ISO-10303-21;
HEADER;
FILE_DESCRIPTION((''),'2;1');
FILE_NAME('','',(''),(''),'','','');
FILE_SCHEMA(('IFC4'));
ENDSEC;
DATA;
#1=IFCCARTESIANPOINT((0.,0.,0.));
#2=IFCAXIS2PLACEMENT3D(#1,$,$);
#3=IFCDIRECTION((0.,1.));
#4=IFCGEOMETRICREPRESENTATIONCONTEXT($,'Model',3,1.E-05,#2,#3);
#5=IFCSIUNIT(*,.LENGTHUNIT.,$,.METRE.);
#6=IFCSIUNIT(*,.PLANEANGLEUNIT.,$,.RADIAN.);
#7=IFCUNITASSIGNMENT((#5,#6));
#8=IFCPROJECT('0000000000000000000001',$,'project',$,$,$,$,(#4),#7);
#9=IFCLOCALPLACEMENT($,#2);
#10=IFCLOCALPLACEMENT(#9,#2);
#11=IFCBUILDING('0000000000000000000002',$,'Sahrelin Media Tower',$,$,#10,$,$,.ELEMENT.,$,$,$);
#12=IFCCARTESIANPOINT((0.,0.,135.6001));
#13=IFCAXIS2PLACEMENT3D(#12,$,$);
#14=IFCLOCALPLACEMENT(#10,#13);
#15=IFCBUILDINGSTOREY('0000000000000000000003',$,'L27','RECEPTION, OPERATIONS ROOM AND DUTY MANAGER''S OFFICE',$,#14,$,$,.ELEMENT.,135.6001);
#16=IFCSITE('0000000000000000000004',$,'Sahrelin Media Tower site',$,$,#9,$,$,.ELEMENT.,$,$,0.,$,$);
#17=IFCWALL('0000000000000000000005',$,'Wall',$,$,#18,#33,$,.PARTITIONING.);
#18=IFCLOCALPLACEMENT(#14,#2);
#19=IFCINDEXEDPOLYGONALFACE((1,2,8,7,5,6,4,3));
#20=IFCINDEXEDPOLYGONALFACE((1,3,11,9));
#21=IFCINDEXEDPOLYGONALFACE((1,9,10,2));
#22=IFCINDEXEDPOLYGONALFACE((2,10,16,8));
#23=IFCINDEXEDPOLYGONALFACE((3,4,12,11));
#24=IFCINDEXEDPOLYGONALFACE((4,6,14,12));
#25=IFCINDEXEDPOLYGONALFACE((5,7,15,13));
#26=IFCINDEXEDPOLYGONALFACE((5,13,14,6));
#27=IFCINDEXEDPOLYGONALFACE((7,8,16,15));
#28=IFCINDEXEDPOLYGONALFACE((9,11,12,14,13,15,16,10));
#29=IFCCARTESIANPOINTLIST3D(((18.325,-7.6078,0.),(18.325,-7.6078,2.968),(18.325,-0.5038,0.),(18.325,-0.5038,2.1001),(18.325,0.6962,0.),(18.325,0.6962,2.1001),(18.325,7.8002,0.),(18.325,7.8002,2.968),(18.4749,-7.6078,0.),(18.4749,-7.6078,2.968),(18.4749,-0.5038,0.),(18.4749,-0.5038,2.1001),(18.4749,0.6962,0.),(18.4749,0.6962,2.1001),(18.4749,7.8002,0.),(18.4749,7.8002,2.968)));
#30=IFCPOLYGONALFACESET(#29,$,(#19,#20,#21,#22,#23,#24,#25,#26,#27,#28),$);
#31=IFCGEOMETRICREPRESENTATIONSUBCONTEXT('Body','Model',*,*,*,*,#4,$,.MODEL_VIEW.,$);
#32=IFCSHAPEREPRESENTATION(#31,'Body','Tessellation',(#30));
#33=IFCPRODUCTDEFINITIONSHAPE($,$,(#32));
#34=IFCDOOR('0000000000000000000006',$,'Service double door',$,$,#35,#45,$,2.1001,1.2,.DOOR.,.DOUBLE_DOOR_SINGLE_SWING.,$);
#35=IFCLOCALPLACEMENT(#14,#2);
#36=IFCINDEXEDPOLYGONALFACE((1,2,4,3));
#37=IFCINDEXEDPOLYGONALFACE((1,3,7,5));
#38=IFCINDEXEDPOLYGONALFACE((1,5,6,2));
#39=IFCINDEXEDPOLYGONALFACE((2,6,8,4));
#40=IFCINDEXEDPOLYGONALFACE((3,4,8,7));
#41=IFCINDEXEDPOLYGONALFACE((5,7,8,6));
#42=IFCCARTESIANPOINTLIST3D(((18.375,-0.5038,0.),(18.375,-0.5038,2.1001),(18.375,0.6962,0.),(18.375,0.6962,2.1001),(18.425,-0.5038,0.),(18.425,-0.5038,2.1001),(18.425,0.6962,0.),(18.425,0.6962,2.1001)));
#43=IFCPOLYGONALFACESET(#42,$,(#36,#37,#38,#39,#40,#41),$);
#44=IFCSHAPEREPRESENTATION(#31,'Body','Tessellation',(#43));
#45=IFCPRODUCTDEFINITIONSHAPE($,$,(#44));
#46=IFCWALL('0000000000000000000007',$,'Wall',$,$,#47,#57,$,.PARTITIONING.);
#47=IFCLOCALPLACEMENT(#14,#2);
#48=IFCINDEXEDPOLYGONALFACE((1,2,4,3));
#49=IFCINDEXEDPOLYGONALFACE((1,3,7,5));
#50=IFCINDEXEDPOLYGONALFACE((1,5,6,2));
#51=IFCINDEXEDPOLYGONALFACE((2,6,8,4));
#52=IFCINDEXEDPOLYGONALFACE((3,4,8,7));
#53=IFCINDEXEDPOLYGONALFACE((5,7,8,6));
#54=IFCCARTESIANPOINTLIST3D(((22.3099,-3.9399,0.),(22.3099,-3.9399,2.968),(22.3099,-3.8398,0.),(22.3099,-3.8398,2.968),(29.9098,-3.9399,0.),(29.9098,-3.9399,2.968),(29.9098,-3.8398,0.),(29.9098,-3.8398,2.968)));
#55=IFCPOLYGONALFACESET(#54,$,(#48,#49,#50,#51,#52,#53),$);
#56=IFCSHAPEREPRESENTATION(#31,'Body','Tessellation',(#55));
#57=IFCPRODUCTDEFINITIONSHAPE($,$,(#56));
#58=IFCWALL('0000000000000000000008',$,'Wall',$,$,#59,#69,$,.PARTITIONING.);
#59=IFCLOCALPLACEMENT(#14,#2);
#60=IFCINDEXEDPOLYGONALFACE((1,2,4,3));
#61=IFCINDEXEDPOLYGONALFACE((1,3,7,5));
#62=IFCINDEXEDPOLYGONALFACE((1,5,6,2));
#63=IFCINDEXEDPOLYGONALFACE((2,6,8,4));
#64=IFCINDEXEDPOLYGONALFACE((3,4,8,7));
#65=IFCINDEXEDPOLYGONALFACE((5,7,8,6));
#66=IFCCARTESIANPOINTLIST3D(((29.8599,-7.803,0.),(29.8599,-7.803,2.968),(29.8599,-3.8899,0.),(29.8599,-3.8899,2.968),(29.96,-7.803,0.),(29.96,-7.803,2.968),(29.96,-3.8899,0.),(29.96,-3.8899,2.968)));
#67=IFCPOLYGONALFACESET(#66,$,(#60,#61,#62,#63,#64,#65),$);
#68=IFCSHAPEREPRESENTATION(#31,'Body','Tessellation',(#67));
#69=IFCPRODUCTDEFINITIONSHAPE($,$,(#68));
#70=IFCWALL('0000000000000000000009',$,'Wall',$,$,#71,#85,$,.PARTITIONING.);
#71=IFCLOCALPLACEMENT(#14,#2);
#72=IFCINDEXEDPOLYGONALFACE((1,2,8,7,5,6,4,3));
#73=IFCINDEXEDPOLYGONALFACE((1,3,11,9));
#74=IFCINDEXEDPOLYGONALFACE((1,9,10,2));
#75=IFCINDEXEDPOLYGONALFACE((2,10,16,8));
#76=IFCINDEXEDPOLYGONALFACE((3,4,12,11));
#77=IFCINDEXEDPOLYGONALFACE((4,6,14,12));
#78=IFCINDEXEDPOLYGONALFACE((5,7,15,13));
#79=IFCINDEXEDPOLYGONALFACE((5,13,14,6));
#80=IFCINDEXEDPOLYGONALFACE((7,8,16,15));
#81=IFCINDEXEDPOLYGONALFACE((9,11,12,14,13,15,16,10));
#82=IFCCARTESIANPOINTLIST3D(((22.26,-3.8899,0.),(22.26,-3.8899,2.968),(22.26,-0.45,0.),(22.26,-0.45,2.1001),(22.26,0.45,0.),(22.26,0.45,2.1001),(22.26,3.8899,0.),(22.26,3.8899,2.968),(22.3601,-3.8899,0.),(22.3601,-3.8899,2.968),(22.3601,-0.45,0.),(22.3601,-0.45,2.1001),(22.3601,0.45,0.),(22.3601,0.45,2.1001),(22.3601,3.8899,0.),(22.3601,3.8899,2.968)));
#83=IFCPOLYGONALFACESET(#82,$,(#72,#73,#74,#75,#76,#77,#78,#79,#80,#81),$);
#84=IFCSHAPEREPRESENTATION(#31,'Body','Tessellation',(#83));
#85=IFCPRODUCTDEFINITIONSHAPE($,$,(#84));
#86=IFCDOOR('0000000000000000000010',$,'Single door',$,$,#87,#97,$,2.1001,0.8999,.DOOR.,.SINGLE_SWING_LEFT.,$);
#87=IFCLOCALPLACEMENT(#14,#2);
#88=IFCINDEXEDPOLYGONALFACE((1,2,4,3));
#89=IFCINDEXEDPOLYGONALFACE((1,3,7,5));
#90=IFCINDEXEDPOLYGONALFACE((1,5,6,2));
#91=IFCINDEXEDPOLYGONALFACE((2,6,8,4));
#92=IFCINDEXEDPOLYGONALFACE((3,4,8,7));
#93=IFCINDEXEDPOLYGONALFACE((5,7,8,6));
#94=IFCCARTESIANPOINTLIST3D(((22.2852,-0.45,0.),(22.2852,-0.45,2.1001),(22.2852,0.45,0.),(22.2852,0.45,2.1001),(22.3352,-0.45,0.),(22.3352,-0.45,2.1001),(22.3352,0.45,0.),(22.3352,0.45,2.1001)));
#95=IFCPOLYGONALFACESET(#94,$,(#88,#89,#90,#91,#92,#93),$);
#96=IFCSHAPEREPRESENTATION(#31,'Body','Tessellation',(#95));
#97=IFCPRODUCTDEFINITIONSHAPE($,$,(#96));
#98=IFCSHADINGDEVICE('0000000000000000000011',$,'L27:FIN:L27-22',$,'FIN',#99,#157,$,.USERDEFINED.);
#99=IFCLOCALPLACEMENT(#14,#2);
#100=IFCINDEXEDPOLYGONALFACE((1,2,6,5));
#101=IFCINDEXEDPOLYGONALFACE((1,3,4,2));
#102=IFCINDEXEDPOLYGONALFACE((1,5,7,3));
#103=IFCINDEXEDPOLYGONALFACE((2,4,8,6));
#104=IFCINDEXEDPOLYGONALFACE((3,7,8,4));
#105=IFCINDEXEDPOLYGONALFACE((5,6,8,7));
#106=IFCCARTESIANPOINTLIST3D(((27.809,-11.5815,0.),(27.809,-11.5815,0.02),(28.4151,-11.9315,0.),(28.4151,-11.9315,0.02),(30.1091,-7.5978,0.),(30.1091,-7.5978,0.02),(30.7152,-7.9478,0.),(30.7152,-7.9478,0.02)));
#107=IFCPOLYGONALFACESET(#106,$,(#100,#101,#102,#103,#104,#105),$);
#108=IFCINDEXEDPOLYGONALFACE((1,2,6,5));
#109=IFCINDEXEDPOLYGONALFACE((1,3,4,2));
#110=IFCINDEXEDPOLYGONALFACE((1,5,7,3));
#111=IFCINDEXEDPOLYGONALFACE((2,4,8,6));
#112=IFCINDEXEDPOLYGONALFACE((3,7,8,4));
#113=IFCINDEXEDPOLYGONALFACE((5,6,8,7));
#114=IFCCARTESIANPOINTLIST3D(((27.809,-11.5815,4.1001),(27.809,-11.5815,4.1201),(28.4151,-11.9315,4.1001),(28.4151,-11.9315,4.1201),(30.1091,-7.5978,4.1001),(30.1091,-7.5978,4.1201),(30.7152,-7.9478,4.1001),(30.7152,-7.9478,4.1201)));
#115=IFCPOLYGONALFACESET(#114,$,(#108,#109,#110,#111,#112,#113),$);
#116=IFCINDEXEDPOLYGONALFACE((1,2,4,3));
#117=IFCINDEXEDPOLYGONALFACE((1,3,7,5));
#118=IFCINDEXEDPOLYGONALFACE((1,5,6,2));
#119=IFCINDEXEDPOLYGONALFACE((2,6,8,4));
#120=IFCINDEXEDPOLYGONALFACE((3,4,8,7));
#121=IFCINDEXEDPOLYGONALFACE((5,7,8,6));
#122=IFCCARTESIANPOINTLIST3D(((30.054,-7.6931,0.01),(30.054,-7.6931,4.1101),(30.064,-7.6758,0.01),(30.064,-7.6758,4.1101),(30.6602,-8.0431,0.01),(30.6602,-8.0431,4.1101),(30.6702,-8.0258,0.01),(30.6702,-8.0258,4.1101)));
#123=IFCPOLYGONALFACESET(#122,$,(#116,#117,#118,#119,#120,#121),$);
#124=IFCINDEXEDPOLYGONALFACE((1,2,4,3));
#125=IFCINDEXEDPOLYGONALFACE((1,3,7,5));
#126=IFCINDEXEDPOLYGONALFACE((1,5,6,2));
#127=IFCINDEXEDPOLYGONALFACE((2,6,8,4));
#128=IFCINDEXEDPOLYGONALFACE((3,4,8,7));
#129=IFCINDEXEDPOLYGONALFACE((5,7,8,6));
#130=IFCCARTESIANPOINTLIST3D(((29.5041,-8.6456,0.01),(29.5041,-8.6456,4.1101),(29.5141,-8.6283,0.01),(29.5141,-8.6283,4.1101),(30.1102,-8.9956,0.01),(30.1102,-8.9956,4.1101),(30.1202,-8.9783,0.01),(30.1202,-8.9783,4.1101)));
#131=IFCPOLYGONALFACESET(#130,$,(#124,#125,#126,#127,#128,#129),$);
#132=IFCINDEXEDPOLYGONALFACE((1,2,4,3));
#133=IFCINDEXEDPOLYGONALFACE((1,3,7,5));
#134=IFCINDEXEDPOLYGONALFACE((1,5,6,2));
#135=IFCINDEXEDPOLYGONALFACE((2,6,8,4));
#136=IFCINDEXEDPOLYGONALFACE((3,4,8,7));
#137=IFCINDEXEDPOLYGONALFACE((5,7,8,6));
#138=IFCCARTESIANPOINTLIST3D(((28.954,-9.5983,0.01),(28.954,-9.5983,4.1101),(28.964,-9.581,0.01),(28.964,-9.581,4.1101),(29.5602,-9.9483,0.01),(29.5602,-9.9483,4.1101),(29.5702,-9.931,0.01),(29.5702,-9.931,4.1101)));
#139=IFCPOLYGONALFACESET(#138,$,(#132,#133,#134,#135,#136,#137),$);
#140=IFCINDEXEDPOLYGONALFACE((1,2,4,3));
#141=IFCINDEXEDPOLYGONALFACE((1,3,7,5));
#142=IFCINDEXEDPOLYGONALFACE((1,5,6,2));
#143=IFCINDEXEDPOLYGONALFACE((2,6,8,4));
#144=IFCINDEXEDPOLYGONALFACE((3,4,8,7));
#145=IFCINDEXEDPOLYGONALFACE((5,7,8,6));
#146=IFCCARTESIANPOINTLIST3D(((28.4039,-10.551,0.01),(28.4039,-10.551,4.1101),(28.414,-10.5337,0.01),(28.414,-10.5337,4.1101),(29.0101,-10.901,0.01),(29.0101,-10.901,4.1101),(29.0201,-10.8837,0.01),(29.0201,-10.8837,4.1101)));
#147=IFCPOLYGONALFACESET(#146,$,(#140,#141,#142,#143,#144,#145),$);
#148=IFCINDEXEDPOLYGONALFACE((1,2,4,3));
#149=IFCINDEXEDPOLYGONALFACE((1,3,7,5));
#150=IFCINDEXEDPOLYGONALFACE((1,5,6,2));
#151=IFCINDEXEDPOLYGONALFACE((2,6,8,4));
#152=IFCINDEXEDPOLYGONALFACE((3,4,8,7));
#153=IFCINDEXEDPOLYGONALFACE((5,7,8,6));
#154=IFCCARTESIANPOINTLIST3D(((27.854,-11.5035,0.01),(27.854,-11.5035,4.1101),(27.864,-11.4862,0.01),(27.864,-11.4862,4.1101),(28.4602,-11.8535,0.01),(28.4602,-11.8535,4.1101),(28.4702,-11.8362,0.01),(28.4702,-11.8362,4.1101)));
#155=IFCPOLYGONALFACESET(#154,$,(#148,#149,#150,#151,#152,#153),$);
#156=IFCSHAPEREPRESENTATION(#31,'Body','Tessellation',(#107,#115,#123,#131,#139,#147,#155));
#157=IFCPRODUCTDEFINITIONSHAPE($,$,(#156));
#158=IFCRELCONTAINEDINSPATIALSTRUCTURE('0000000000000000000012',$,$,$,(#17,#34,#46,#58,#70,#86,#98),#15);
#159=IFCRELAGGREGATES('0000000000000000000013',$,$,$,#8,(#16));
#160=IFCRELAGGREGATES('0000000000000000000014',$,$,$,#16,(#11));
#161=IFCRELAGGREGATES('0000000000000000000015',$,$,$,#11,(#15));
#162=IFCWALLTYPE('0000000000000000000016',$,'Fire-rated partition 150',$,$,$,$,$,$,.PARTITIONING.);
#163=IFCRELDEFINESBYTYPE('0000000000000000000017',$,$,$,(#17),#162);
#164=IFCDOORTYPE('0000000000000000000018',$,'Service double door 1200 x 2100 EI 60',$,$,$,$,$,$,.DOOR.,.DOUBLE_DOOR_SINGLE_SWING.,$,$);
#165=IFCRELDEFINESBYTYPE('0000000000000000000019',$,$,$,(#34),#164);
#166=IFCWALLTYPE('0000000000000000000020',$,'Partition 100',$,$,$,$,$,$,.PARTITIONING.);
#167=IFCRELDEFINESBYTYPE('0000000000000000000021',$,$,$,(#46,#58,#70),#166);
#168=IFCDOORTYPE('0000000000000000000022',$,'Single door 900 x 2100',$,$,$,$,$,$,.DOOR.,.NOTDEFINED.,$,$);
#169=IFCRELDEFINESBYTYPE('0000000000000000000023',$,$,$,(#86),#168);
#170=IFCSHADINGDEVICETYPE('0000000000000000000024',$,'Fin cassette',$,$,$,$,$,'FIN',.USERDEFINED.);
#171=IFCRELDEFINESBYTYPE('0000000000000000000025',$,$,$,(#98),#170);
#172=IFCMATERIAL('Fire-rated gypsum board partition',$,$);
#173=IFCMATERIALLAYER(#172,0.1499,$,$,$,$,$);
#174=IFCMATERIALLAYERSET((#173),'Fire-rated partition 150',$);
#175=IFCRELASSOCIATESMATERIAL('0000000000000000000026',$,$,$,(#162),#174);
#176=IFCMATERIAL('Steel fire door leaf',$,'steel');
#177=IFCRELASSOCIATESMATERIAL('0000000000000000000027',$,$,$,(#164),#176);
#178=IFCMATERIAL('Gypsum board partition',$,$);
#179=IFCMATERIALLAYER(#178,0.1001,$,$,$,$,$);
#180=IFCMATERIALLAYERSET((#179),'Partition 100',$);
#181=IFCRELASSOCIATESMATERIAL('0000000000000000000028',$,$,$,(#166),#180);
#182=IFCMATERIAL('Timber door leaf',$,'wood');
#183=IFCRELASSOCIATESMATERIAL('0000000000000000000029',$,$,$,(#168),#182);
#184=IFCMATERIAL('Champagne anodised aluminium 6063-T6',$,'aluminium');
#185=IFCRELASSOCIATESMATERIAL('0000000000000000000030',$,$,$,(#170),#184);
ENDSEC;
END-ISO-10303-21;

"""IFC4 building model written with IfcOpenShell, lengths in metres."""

from ifc_helpers import new_model, si_unit, direction, frame, frame_2d, origin, origin_2d, place, context, subcontext, project, spatial, rectangle, extrude, material, layer, layer_set, type_object, element, fill, save


model = new_model("IFC4")

# Units and contexts
model_context = context("Model", 3, precision=1e-05, world=origin(), true_north=direction((0.0, 1.0)))
body_context = subcontext(model_context, "Body", "Model", "MODEL_VIEW")
ifc_project = project(units=[si_unit("LENGTHUNIT", "METRE"), si_unit("PLANEANGLEUNIT", "RADIAN")], contexts=[model_context])

# Site, building, storey
site_placement = place(None, origin())
site = spatial("IfcSite", under=ifc_project, at=site_placement, Name="Sahrelin Media Tower site", CompositionType="ELEMENT", RefElevation=0.0)
building_placement = place(site_placement, origin())
building = spatial("IfcBuilding", under=site, at=building_placement, Name="Sahrelin Media Tower", CompositionType="ELEMENT")
storey_placement = place(building_placement, frame((0.0, 0.0, 135.6001)))
storey = spatial("IfcBuildingStorey", under=building, at=storey_placement, Name="L27", Description="RECEPTION, OPERATIONS ROOM AND DUTY MANAGER'S OFFICE", CompositionType="ELEMENT", Elevation=135.6001)

# Shared definitions
ifc_material_1 = material(Name="Champagne anodised aluminium 6063-T6", Category="aluminium")

# Shared definitions
ifc_material_2 = material(Name="Fire-rated gypsum board partition")
ifc_layer_1 = layer(ifc_material_2, 0.1499)
ifc_layer_set_1 = layer_set([ifc_layer_1], Name="Fire-rated partition 150")
wall_type_1 = type_object("IfcWallType", Name="Fire-rated partition 150", PredefinedType="PARTITIONING", material=ifc_layer_set_1)

# Wall, opening, door
wall_1_placement = place(storey_placement, frame((18.3999, -7.6079, 0.0), z_axis=(0.0, 0.0, 1.0), x_axis=(0.0, 1.0, 0.0)))
wall_1 = element("IfcWall", 1, at=wall_1_placement, inside=storey, type_object=wall_type_1, Name="Wall", PredefinedType="PARTITIONING", context=body_context, shape_type="SweptSolid", body=[
    extrude(rectangle(XDim=15.408, YDim=0.1499, at=frame_2d((7.7041, 0.0))), origin(), (0.0, 0.0, 1.0), 2.968),
])
opening_1_placement = place(wall_1_placement, frame((7.104, 0.0, 0.0)))
opening_1 = element("IfcOpeningElement", 2, at=opening_1_placement, cuts=wall_1, PredefinedType="OPENING", context=body_context, shape_type="SweptSolid", body=[
    extrude(rectangle(XDim=1.2, YDim=2.1001, at=frame_2d((0.6001, 1.05))), frame((0.0, 0.075, 0.0), z_axis=(0.0, -1.0, 0.0), x_axis=(1.0, 0.0, 0.0)), (0.0, 0.0, 1.0), 0.1499),
])
ifc_material_3 = material(Name="Steel fire door leaf", Category="steel")
door_type_1 = type_object("IfcDoorType", Name="Service double door 1200 x 2100 EI 60", OperationType="DOUBLE_DOOR_SINGLE_SWING", PredefinedType="DOOR", material=ifc_material_3)
door_1_placement = place(opening_1_placement, origin())
door_1 = element("IfcDoor", 3, at=door_1_placement, inside=storey, type_object=door_type_1, Name="Service double door", OperationType="DOUBLE_DOOR_SINGLE_SWING", OverallHeight=2.1001, OverallWidth=1.2, PredefinedType="DOOR", context=body_context, shape_type="SweptSolid", body=[
    extrude(rectangle(XDim=1.2, YDim=2.1001, at=frame_2d((0.6001, 1.05))), frame((0.0, 0.0249, 0.0), z_axis=(0.0, -1.0, 0.0), x_axis=(1.0, 0.0, 0.0)), (0.0, 0.0, 1.0), 0.05),
])
fill(opening_1, door_1)

# Walls
ifc_material_4 = material(Name="Gypsum board partition")
ifc_layer_2 = layer(ifc_material_4, 0.1001)
ifc_layer_set_2 = layer_set([ifc_layer_2], Name="Partition 100")
wall_type_2 = type_object("IfcWallType", Name="Partition 100", PredefinedType="PARTITIONING", material=ifc_layer_set_2)
wall_2_placement = place(storey_placement, frame((22.3101, -3.8899, 0.0), z_axis=(0.0, 0.0, 1.0), x_axis=(1.0, 0.0, 0.0)))
element("IfcWall", 4, at=wall_2_placement, inside=storey, type_object=wall_type_2, Name="Wall", PredefinedType="PARTITIONING", context=body_context, shape_type="SweptSolid", body=[
    extrude(rectangle(XDim=7.5999, YDim=0.1001, at=frame_2d((3.7998, 0.0))), origin(), (0.0, 0.0, 1.0), 2.968),
])
wall_3_placement = place(storey_placement, frame((29.9099, -7.803, 0.0), z_axis=(0.0, 0.0, 1.0), x_axis=(0.0, 1.0, 0.0)))
element("IfcWall", 5, at=wall_3_placement, inside=storey, type_object=wall_type_2, Name="Wall", PredefinedType="PARTITIONING", context=body_context, shape_type="SweptSolid", body=[
    extrude(rectangle(XDim=3.9131, YDim=0.1001, at=frame_2d((1.9565, 0.0))), origin(), (0.0, 0.0, 1.0), 2.968),
])

# Wall, opening, door
wall_4_placement = place(storey_placement, frame((22.3101, -3.8899, 0.0), z_axis=(0.0, 0.0, 1.0), x_axis=(0.0, 1.0, 0.0)))
wall_4 = element("IfcWall", 6, at=wall_4_placement, inside=storey, type_object=wall_type_2, Name="Wall", PredefinedType="PARTITIONING", context=body_context, shape_type="SweptSolid", body=[
    extrude(rectangle(XDim=7.7798, YDim=0.1001, at=frame_2d((3.8899, 0.0))), origin(), (0.0, 0.0, 1.0), 2.968),
])
opening_2_placement = place(wall_4_placement, frame((3.4399, 0.0, 0.0)))
opening_2 = element("IfcOpeningElement", 7, at=opening_2_placement, cuts=wall_4, PredefinedType="OPENING", context=body_context, shape_type="SweptSolid", body=[
    extrude(rectangle(XDim=0.8999, YDim=2.1001, at=frame_2d((0.45, 1.05))), frame((0.0, 0.05, 0.0), z_axis=(0.0, -1.0, 0.0), x_axis=(1.0, 0.0, 0.0)), (0.0, 0.0, 1.0), 0.1001),
])
ifc_material_5 = material(Name="Timber door leaf", Category="wood")
door_type_2 = type_object("IfcDoorType", Name="Single door 900 x 2100", OperationType="NOTDEFINED", PredefinedType="DOOR", material=ifc_material_5)
door_2_placement = place(opening_2_placement, origin())
door_2 = element("IfcDoor", 8, at=door_2_placement, inside=storey, type_object=door_type_2, Name="Single door", OperationType="SINGLE_SWING_LEFT", OverallHeight=2.1001, OverallWidth=0.8999, PredefinedType="DOOR", context=body_context, shape_type="SweptSolid", body=[
    extrude(rectangle(XDim=0.8999, YDim=2.1001, at=frame_2d((0.45, 1.05))), frame((0.0, 0.0249, 0.0), z_axis=(0.0, -1.0, 0.0), x_axis=(1.0, 0.0, 0.0)), (0.0, 0.0, 1.0), 0.05),
])
fill(opening_2, door_2)

# Shading device
shading_device_type_1 = type_object("IfcShadingDeviceType", Name="Fin cassette", ElementType="FIN", PredefinedType="USERDEFINED", material=ifc_material_1)
placement_1 = place(storey_placement, frame((28.8984, -9.5547, 0.0), z_axis=(0.0, 0.0, 1.0), x_axis=(-0.500011, -0.866019, 0.0)))
element("IfcShadingDevice", 9, at=placement_1, inside=storey, type_object=shading_device_type_1, Name="L27:FIN:L27-22", ObjectType="FIN", PredefinedType="USERDEFINED", context=body_context, shape_type="SweptSolid", body=[
    extrude(rectangle(XDim=4.6001, YDim=0.7, at=origin_2d()), frame((0.0, 0.4199, 0.0)), (0.0, 0.0, 1.0), 0.02),
    extrude(rectangle(XDim=4.6001, YDim=0.7, at=origin_2d()), frame((0.0, 0.4199, 4.1001)), (0.0, 0.0, 1.0), 0.02),
    extrude(rectangle(XDim=0.02, YDim=0.7, at=origin_2d()), frame((-2.2, 0.4199, 0.01), z_axis=(0.0, 0.0, 1.0), x_axis=(1.0, 0.0, 0.0)), (0.0, 0.0, 1.0), 4.1001),
    extrude(rectangle(XDim=0.02, YDim=0.7, at=origin_2d()), frame((-1.1001, 0.4199, 0.01), z_axis=(0.0, 0.0, 1.0), x_axis=(1.0, 0.0, 0.0)), (0.0, 0.0, 1.0), 4.1001),
    extrude(rectangle(XDim=0.02, YDim=0.7, at=origin_2d()), frame((0.0, 0.4199, 0.01), z_axis=(0.0, 0.0, 1.0), x_axis=(1.0, 0.0, 0.0)), (0.0, 0.0, 1.0), 4.1001),
    extrude(rectangle(XDim=0.02, YDim=0.7, at=origin_2d()), frame((1.1001, 0.4199, 0.01), z_axis=(0.0, 0.0, 1.0), x_axis=(1.0, 0.0, 0.0)), (0.0, 0.0, 1.0), 4.1001),
    extrude(rectangle(XDim=0.02, YDim=0.7, at=origin_2d()), frame((2.2, 0.4199, 0.01), z_axis=(0.0, 0.0, 1.0), x_axis=(1.0, 0.0, 0.0)), (0.0, 0.0, 1.0), 4.1001),
])

save(model, "model.ifc")
